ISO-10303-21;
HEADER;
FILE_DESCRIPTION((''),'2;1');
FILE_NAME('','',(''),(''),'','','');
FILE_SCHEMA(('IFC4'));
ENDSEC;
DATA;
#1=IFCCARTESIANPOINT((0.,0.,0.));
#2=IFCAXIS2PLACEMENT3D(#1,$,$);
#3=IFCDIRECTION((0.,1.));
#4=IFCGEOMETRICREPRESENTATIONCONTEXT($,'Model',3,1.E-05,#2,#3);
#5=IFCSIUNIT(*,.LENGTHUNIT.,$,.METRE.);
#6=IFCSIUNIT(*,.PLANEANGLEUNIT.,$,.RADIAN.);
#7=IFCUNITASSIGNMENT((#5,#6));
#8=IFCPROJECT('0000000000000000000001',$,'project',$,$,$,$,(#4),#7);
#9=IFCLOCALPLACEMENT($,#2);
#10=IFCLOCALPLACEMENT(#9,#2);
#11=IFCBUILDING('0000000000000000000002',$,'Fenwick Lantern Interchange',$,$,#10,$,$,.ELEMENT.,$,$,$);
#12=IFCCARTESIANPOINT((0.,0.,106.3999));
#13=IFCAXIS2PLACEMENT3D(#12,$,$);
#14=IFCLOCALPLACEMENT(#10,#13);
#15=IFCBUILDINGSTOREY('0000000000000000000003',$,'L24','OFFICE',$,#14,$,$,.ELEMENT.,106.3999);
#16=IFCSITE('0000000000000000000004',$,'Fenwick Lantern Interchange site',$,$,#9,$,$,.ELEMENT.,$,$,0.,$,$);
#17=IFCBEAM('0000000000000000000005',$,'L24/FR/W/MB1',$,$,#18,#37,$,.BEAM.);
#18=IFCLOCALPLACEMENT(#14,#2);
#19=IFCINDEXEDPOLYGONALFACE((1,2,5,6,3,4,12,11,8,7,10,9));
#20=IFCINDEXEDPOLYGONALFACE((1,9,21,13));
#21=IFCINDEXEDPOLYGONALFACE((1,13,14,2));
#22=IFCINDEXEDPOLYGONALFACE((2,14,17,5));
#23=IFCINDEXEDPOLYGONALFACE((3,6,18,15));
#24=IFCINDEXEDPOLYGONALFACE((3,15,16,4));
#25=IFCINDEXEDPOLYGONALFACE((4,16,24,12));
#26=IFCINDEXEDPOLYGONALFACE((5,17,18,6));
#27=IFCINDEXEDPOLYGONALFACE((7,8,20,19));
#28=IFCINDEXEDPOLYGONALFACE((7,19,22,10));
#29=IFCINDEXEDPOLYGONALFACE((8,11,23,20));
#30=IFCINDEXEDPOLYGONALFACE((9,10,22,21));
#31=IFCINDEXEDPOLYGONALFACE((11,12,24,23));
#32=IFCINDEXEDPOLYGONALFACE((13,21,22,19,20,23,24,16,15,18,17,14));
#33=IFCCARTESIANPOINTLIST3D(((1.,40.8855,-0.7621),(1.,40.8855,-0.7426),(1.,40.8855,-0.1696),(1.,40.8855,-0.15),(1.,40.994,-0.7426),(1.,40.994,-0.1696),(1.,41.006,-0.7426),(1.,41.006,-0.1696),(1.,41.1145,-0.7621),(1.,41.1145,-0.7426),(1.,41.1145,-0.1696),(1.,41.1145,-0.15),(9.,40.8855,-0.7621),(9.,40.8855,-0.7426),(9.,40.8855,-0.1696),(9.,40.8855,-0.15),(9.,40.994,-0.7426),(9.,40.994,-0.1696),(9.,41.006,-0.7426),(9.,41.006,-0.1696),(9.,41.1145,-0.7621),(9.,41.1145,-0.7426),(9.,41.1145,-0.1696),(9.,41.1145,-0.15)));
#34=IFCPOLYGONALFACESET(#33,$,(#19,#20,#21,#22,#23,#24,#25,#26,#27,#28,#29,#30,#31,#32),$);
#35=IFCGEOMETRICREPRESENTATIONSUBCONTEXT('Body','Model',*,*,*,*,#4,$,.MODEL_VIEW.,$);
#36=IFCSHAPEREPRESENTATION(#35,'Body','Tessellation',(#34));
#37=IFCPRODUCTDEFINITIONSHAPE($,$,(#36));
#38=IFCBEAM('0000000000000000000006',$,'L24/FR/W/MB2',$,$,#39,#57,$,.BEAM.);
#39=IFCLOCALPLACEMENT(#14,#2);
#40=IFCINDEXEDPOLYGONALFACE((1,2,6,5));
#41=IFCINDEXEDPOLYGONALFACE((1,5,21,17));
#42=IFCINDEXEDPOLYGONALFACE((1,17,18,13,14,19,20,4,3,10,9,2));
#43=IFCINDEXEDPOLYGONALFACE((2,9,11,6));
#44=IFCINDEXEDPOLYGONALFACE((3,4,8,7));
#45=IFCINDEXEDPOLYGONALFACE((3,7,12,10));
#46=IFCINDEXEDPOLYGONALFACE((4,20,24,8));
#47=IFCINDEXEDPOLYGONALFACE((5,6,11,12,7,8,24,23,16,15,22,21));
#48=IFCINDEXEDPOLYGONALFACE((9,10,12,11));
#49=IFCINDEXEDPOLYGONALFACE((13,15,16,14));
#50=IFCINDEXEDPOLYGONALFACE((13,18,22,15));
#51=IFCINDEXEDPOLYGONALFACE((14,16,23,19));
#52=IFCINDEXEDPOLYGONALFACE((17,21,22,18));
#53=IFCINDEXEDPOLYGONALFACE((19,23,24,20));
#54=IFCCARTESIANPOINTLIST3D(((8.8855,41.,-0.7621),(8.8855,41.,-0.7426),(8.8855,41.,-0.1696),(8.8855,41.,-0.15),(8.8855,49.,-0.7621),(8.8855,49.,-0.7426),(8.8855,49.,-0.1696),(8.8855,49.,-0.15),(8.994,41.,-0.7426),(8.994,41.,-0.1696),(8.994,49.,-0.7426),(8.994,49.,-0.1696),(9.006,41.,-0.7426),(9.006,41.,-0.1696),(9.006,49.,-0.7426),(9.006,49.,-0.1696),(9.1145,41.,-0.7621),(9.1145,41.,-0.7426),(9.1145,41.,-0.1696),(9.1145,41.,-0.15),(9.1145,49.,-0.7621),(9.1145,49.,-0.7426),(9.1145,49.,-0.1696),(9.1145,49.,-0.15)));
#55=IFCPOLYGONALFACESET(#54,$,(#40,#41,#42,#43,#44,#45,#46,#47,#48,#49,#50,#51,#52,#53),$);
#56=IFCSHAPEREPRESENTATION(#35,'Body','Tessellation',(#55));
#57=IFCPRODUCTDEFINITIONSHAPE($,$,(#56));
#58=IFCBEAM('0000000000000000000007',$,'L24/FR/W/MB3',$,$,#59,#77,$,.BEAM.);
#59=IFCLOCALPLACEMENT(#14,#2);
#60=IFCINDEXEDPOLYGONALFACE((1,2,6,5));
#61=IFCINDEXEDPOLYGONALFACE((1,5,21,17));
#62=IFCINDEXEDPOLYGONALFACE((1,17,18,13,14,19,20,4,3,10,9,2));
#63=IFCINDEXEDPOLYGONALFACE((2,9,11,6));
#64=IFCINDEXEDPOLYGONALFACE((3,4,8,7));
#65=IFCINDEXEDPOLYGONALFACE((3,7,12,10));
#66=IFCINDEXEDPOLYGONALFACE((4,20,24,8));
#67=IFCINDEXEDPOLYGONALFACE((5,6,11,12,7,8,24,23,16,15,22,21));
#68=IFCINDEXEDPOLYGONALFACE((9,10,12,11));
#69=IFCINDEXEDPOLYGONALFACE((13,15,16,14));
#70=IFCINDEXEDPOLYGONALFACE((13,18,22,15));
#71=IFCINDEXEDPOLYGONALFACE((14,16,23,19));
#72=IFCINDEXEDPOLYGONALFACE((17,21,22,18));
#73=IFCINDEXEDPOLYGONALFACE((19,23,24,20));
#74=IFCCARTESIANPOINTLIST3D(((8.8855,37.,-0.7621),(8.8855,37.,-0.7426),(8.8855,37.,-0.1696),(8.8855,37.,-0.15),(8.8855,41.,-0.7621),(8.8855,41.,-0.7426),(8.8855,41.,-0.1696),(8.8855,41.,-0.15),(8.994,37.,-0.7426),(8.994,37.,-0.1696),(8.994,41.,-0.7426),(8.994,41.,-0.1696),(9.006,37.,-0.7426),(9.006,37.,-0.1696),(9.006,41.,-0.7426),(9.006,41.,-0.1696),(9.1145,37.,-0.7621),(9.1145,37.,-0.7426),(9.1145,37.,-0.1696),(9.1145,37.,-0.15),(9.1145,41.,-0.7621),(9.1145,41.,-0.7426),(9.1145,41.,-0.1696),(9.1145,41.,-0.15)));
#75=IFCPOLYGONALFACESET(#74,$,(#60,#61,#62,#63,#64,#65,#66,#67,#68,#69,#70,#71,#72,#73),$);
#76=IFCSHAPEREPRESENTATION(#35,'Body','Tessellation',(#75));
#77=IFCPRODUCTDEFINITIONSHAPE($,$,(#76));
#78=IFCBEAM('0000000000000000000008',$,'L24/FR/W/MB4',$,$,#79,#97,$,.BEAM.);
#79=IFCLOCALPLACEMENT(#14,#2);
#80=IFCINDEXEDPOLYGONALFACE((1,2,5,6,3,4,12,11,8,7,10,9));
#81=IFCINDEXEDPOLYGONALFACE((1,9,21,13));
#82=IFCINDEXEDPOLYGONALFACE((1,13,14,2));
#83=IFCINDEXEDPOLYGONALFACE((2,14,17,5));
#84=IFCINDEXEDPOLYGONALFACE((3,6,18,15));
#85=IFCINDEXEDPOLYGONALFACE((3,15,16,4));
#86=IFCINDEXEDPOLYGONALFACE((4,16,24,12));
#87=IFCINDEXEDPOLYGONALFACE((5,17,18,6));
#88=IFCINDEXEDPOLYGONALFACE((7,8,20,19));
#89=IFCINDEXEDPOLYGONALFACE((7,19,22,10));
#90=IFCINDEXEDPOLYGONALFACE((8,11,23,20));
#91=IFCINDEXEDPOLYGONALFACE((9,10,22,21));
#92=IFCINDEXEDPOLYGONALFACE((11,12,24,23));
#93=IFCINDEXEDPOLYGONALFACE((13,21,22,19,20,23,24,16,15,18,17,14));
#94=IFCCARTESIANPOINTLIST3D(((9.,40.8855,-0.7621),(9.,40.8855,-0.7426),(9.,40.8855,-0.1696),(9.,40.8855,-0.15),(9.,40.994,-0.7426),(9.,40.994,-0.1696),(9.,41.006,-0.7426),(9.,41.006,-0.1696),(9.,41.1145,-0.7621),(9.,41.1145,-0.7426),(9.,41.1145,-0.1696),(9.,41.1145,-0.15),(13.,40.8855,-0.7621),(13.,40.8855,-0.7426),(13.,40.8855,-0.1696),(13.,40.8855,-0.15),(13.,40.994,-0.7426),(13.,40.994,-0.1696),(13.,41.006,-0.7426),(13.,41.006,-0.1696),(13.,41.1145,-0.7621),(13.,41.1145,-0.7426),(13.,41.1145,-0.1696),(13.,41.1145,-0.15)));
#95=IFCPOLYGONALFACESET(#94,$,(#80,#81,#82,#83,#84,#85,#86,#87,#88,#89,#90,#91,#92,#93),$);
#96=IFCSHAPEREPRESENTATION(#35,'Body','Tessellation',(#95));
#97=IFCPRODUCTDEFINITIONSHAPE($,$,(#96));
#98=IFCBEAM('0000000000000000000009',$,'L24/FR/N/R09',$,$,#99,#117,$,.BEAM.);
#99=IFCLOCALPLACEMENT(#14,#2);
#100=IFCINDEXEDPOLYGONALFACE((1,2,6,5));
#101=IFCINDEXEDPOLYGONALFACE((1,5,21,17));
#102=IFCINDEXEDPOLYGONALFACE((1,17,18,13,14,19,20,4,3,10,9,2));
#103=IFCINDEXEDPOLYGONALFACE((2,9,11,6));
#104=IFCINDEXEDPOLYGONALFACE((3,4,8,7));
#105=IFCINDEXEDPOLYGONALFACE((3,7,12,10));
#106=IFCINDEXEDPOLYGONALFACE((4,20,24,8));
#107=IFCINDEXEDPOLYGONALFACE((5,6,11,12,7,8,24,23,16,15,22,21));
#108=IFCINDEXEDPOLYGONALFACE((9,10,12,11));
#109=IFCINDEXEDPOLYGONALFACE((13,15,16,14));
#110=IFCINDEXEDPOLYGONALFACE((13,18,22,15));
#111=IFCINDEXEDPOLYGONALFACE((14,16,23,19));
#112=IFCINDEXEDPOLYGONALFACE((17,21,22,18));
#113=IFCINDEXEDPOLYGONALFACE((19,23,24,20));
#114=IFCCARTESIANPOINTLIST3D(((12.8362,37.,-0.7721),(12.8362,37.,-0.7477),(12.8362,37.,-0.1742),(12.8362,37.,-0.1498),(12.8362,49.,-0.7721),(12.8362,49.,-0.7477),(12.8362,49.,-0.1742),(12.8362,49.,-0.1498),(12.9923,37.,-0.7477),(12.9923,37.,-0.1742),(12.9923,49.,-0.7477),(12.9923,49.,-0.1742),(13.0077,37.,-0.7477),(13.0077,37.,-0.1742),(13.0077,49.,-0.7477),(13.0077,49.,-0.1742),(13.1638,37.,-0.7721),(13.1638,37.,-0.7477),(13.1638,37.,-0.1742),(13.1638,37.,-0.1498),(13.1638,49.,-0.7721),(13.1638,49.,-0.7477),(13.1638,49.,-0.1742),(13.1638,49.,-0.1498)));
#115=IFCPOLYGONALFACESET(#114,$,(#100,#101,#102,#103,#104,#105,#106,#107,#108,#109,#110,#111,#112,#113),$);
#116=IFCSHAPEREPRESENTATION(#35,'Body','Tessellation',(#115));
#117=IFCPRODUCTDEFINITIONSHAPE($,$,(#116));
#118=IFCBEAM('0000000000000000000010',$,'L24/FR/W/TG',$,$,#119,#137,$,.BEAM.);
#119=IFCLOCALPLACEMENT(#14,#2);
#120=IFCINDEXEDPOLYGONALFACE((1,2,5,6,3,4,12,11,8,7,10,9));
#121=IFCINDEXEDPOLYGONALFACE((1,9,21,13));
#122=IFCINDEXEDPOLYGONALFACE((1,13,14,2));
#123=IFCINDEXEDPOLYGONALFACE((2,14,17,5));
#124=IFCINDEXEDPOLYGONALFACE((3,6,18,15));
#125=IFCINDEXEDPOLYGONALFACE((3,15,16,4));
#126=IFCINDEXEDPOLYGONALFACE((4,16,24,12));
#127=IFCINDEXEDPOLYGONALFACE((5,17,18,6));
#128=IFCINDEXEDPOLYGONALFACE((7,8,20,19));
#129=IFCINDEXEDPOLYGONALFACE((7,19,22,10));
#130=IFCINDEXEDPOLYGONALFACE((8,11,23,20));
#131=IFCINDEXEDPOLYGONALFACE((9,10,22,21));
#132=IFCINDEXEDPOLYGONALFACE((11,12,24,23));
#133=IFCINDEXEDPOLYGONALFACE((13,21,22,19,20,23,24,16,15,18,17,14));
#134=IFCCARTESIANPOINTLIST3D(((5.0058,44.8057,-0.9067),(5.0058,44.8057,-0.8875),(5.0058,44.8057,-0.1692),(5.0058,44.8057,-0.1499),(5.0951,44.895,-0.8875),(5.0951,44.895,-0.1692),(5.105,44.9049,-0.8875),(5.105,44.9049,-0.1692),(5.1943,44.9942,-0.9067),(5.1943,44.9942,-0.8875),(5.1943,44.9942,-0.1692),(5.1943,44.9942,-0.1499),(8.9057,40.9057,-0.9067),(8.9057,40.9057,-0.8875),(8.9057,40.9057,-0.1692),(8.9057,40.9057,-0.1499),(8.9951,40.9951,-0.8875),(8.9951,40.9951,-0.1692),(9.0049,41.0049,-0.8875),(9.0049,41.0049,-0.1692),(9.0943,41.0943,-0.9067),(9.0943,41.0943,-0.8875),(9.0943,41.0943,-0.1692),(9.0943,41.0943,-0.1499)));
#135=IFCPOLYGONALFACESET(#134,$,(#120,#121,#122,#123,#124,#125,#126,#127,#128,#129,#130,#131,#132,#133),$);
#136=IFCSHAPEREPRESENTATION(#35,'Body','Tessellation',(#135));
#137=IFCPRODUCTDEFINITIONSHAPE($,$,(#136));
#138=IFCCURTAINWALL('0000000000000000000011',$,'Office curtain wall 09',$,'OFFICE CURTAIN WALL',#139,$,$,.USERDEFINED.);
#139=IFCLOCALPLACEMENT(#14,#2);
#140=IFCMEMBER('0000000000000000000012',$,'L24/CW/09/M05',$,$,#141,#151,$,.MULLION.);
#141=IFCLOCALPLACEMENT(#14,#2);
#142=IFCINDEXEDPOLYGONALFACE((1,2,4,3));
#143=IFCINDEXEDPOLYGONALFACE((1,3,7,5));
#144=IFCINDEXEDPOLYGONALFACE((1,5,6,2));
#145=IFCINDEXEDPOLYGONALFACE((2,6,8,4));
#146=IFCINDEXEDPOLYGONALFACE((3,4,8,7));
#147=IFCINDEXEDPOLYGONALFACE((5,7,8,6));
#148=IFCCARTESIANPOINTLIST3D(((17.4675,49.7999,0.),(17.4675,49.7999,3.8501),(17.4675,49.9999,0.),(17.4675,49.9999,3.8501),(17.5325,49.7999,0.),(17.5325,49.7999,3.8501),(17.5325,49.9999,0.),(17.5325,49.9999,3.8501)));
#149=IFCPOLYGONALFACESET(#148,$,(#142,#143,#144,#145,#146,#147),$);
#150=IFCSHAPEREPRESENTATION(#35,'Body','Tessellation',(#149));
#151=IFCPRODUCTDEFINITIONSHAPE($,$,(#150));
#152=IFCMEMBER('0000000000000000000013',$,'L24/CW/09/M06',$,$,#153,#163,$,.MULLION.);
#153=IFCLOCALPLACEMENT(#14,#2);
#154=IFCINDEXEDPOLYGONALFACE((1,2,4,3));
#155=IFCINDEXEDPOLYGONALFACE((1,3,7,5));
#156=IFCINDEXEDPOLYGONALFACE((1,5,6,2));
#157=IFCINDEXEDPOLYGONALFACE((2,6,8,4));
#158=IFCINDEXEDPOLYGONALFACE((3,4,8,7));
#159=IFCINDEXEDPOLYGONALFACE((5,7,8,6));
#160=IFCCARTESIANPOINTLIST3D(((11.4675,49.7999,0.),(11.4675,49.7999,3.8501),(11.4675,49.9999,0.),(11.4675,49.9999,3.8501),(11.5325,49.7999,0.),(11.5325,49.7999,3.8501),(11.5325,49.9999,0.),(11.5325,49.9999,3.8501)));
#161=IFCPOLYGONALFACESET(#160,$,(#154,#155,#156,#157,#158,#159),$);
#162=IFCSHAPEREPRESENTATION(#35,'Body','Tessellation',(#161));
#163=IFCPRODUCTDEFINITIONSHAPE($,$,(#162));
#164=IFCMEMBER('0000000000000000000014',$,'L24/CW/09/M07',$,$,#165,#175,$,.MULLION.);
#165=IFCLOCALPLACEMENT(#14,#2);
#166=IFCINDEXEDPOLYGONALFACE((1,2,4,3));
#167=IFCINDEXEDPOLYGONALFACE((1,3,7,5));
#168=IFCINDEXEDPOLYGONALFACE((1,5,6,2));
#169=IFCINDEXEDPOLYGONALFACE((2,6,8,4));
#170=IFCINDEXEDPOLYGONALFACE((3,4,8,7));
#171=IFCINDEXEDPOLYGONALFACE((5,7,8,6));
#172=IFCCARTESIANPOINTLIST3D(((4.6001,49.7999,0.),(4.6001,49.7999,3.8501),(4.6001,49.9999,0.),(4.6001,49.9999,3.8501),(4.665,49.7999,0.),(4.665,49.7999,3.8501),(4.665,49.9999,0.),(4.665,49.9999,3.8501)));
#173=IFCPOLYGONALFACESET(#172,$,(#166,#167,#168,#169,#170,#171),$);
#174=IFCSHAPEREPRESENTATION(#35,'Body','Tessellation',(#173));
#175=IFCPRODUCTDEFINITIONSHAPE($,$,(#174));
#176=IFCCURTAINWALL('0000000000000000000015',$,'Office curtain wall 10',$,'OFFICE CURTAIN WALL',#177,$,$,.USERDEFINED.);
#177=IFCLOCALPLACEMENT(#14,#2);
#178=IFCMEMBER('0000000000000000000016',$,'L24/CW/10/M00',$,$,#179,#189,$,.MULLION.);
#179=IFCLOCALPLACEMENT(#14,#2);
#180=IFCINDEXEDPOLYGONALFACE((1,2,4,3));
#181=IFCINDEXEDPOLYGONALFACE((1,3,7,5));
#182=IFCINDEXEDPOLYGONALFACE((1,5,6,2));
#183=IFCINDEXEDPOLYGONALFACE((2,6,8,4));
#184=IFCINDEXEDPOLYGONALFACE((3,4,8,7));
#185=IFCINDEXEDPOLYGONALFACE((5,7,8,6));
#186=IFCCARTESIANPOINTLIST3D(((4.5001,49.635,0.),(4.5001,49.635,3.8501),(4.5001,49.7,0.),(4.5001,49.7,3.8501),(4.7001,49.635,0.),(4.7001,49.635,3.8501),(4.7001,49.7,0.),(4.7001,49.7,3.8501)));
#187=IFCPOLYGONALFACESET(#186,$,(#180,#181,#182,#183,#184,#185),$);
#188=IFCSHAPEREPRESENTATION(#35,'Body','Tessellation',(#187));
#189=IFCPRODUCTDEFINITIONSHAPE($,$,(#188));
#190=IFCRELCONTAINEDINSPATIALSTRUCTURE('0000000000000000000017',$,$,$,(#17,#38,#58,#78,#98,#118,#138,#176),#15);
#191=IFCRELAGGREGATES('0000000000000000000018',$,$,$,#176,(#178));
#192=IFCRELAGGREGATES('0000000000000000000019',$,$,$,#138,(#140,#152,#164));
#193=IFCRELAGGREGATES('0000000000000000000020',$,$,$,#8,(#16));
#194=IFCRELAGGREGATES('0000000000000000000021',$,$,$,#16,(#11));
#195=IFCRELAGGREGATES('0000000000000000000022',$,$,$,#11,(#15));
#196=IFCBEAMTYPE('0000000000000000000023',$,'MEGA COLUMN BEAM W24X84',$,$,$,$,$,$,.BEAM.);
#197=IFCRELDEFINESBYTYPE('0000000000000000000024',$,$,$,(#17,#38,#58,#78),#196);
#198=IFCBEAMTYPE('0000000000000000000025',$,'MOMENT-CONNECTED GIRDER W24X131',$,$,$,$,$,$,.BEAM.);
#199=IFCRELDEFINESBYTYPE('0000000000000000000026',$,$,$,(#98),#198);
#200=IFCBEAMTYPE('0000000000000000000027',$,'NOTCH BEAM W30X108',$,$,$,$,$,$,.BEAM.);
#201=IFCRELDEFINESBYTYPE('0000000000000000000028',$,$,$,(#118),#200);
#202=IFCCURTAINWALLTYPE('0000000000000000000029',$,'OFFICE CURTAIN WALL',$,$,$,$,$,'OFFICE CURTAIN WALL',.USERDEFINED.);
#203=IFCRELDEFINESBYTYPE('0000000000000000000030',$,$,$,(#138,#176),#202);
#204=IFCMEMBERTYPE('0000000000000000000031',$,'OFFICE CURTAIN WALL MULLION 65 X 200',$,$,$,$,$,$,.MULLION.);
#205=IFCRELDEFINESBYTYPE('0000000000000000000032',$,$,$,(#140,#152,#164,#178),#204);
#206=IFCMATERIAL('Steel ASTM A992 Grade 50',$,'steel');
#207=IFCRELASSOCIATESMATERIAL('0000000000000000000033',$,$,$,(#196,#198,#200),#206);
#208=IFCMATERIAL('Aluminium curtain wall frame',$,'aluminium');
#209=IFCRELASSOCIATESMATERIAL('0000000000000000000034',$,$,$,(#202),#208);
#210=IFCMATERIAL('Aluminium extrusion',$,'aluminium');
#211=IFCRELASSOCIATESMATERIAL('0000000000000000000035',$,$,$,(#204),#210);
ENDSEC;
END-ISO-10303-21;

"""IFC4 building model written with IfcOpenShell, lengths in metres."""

from ifc_helpers import new_model, si_unit, direction, frame, origin, origin_2d, place, context, subcontext, project, spatial, rectangle, i_section, extrude, material, material_profile, profile_set, type_object, element, aggregate, save


model = new_model("IFC4")

# Units and contexts
model_context = context("Model", 3, precision=1e-05, world=origin(), true_north=direction((0.0, 1.0)))
body_context = subcontext(model_context, "Body", "Model", "MODEL_VIEW")
ifc_project = project(units=[si_unit("LENGTHUNIT", "METRE"), si_unit("PLANEANGLEUNIT", "RADIAN")], contexts=[model_context])

# Site, building, storey
site_placement = place(None, origin())
site = spatial("IfcSite", under=ifc_project, at=site_placement, Name="Fenwick Lantern Interchange site", CompositionType="ELEMENT", RefElevation=0.0)
building_placement = place(site_placement, origin())
building = spatial("IfcBuilding", under=site, at=building_placement, Name="Fenwick Lantern Interchange", CompositionType="ELEMENT")
storey_placement = place(building_placement, frame((0.0, 0.0, 106.3999)))
storey = spatial("IfcBuildingStorey", under=building, at=storey_placement, Name="L24", Description="OFFICE", CompositionType="ELEMENT", Elevation=106.3999)

# Shared definitions
ifc_material_1 = material(Name="Steel ASTM A992 Grade 50", Category="steel")

# Beams
ifc_material_profile_1 = material_profile(ifc_material_1, i_section(OverallWidth=0.229, OverallDepth=0.6121, WebThickness=0.012, FlangeThickness=0.0195, at=origin_2d()), Name="W24X84")
ifc_profile_set_1 = profile_set([ifc_material_profile_1], Name="Steel ASTM A992 Grade 50")
beam_type_1 = type_object("IfcBeamType", Name="MEGA COLUMN BEAM W24X84", PredefinedType="BEAM", material=ifc_profile_set_1)
for number, where, z_axis, x_axis, name in (
    (1, (9.0, 41.0, -0.4561), (-1.0, 0.0, 0.0), (0.0, -1.0, 0.0), "L24/FR/W/MB1"),
    (2, (9.0, 41.0, -0.4561), (0.0, 1.0, 0.0), (-1.0, 0.0, 0.0), "L24/FR/W/MB2"),
):
    element("IfcBeam", number, at=place(storey_placement, frame(where, z_axis=z_axis, x_axis=x_axis)), inside=storey, type_object=beam_type_1, Name=name, PredefinedType="BEAM", context=body_context, shape_type="SweptSolid", body=[
        extrude(i_section(OverallWidth=0.229, OverallDepth=0.6121, WebThickness=0.012, FlangeThickness=0.0195, at=origin_2d()), origin(), (0.0, 0.0, 1.0), 8.0),
    ])
for number, where, z_axis, x_axis, name in (
    (3, (9.0, 41.0, -0.4561), (0.0, -1.0, 0.0), (1.0, 0.0, 0.0), "L24/FR/W/MB3"),
    (4, (9.0, 41.0, -0.4561), (1.0, 0.0, 0.0), (0.0, 1.0, 0.0), "L24/FR/W/MB4"),
):
    element("IfcBeam", number, at=place(storey_placement, frame(where, z_axis=z_axis, x_axis=x_axis)), inside=storey, type_object=beam_type_1, Name=name, PredefinedType="BEAM", context=body_context, shape_type="SweptSolid", body=[
        extrude(i_section(OverallWidth=0.229, OverallDepth=0.6121, WebThickness=0.012, FlangeThickness=0.0195, at=origin_2d()), origin(), (0.0, 0.0, 1.0), 4.0),
    ])
ifc_material_profile_2 = material_profile(ifc_material_1, i_section(OverallWidth=0.3276, OverallDepth=0.6223, WebThickness=0.0154, FlangeThickness=0.0244, at=origin_2d()), Name="W24X131")
ifc_profile_set_2 = profile_set([ifc_material_profile_2], Name="Steel ASTM A992 Grade 50")
beam_type_2 = type_object("IfcBeamType", Name="MOMENT-CONNECTED GIRDER W24X131", PredefinedType="BEAM", material=ifc_profile_set_2)
beam_1_placement = place(storey_placement, frame((13.0, 49.0, -0.4609), z_axis=(0.0, -1.0, 0.0), x_axis=(1.0, 0.0, 0.0)))
element("IfcBeam", 5, at=beam_1_placement, inside=storey, type_object=beam_type_2, Name="L24/FR/N/R09", PredefinedType="BEAM", context=body_context, shape_type="SweptSolid", body=[
    extrude(i_section(OverallWidth=0.3276, OverallDepth=0.6223, WebThickness=0.0154, FlangeThickness=0.0244, at=origin_2d()), origin(), (0.0, 0.0, 1.0), 12.0),
])
ifc_material_profile_3 = material_profile(ifc_material_1, i_section(OverallWidth=0.2666, OverallDepth=0.7568, WebThickness=0.0139, FlangeThickness=0.0193, at=origin_2d()), Name="W30X108")
ifc_profile_set_3 = profile_set([ifc_material_profile_3], Name="Steel ASTM A992 Grade 50")
beam_type_3 = type_object("IfcBeamType", Name="NOTCH BEAM W30X108", PredefinedType="BEAM", material=ifc_profile_set_3)
beam_2_placement = place(storey_placement, frame((9.0, 41.0, -0.5283), z_axis=(-0.707107, 0.707107, 0.0), x_axis=(-0.707107, -0.707107, 0.0)))
element("IfcBeam", 6, at=beam_2_placement, inside=storey, type_object=beam_type_3, Name="L24/FR/W/TG", PredefinedType="BEAM", context=body_context, shape_type="SweptSolid", body=[
    extrude(i_section(OverallWidth=0.2666, OverallDepth=0.7568, WebThickness=0.0139, FlangeThickness=0.0193, at=origin_2d()), origin(), (0.0, 0.0, 1.0), 5.5154),
])

# Curtain walls, members
ifc_material_2 = material(Name="Aluminium curtain wall frame", Category="aluminium")
curtain_wall_type = type_object("IfcCurtainWallType", Name="OFFICE CURTAIN WALL", ElementType="OFFICE CURTAIN WALL", PredefinedType="USERDEFINED", material=ifc_material_2)
curtain_wall_1_placement = place(storey_placement, origin())
curtain_wall_1 = element("IfcCurtainWall", 7, at=curtain_wall_1_placement, inside=storey, type_object=curtain_wall_type, Name="Office curtain wall 09", ObjectType="OFFICE CURTAIN WALL", PredefinedType="USERDEFINED")
ifc_material_3 = material(Name="Aluminium extrusion", Category="aluminium")
ifc_material_profile_4 = material_profile(ifc_material_3, rectangle(XDim=0.2, YDim=0.0649, at=origin_2d()), Name="OFFICE CURTAIN WALL MULLION 65 X 200")
ifc_profile_set_4 = profile_set([ifc_material_profile_4], Name="Aluminium extrusion")
member_type_1 = type_object("IfcMemberType", Name="OFFICE CURTAIN WALL MULLION 65 X 200", PredefinedType="MULLION", material=ifc_profile_set_4)
member_1_placement = place(storey_placement, frame((17.5, 49.8999, 0.0), z_axis=(0.0, 0.0, 1.0), x_axis=(0.0, -1.0, 0.0)))
member_1 = element("IfcMember", 8, at=member_1_placement, type_object=member_type_1, Name="L24/CW/09/M05", PredefinedType="MULLION", context=body_context, shape_type="SweptSolid", body=[
    extrude(rectangle(XDim=0.2, YDim=0.0649, at=origin_2d()), origin(), (0.0, 0.0, 1.0), 3.8501),
])
member_2_placement = place(storey_placement, frame((11.5, 49.8999, 0.0), z_axis=(0.0, 0.0, 1.0), x_axis=(0.0, -1.0, 0.0)))
member_2 = element("IfcMember", 9, at=member_2_placement, type_object=member_type_1, Name="L24/CW/09/M06", PredefinedType="MULLION", context=body_context, shape_type="SweptSolid", body=[
    extrude(rectangle(XDim=0.2, YDim=0.0649, at=origin_2d()), origin(), (0.0, 0.0, 1.0), 3.8501),
])
member_3_placement = place(storey_placement, frame((4.6326, 49.8999, 0.0), z_axis=(0.0, 0.0, 1.0), x_axis=(0.0, -1.0, 0.0)))
member_3 = element("IfcMember", 10, at=member_3_placement, type_object=member_type_1, Name="L24/CW/09/M07", PredefinedType="MULLION", context=body_context, shape_type="SweptSolid", body=[
    extrude(rectangle(XDim=0.2, YDim=0.0649, at=origin_2d()), origin(), (0.0, 0.0, 1.0), 3.8501),
])
curtain_wall_2_placement = place(storey_placement, origin())
curtain_wall_2 = element("IfcCurtainWall", 11, at=curtain_wall_2_placement, inside=storey, type_object=curtain_wall_type, Name="Office curtain wall 10", ObjectType="OFFICE CURTAIN WALL", PredefinedType="USERDEFINED")
member_4_placement = place(storey_placement, frame((4.6001, 49.6675, 0.0), z_axis=(0.0, 0.0, 1.0), x_axis=(1.0, 0.0, 0.0)))
member_4 = element("IfcMember", 12, at=member_4_placement, type_object=member_type_1, Name="L24/CW/10/M00", PredefinedType="MULLION", context=body_context, shape_type="SweptSolid", body=[
    extrude(rectangle(XDim=0.2, YDim=0.0649, at=origin_2d()), origin(), (0.0, 0.0, 1.0), 3.8501),
])

aggregate(curtain_wall_2, [member_4])

aggregate(curtain_wall_1, [member_1, member_2, member_3])

save(model, "model.ifc")
